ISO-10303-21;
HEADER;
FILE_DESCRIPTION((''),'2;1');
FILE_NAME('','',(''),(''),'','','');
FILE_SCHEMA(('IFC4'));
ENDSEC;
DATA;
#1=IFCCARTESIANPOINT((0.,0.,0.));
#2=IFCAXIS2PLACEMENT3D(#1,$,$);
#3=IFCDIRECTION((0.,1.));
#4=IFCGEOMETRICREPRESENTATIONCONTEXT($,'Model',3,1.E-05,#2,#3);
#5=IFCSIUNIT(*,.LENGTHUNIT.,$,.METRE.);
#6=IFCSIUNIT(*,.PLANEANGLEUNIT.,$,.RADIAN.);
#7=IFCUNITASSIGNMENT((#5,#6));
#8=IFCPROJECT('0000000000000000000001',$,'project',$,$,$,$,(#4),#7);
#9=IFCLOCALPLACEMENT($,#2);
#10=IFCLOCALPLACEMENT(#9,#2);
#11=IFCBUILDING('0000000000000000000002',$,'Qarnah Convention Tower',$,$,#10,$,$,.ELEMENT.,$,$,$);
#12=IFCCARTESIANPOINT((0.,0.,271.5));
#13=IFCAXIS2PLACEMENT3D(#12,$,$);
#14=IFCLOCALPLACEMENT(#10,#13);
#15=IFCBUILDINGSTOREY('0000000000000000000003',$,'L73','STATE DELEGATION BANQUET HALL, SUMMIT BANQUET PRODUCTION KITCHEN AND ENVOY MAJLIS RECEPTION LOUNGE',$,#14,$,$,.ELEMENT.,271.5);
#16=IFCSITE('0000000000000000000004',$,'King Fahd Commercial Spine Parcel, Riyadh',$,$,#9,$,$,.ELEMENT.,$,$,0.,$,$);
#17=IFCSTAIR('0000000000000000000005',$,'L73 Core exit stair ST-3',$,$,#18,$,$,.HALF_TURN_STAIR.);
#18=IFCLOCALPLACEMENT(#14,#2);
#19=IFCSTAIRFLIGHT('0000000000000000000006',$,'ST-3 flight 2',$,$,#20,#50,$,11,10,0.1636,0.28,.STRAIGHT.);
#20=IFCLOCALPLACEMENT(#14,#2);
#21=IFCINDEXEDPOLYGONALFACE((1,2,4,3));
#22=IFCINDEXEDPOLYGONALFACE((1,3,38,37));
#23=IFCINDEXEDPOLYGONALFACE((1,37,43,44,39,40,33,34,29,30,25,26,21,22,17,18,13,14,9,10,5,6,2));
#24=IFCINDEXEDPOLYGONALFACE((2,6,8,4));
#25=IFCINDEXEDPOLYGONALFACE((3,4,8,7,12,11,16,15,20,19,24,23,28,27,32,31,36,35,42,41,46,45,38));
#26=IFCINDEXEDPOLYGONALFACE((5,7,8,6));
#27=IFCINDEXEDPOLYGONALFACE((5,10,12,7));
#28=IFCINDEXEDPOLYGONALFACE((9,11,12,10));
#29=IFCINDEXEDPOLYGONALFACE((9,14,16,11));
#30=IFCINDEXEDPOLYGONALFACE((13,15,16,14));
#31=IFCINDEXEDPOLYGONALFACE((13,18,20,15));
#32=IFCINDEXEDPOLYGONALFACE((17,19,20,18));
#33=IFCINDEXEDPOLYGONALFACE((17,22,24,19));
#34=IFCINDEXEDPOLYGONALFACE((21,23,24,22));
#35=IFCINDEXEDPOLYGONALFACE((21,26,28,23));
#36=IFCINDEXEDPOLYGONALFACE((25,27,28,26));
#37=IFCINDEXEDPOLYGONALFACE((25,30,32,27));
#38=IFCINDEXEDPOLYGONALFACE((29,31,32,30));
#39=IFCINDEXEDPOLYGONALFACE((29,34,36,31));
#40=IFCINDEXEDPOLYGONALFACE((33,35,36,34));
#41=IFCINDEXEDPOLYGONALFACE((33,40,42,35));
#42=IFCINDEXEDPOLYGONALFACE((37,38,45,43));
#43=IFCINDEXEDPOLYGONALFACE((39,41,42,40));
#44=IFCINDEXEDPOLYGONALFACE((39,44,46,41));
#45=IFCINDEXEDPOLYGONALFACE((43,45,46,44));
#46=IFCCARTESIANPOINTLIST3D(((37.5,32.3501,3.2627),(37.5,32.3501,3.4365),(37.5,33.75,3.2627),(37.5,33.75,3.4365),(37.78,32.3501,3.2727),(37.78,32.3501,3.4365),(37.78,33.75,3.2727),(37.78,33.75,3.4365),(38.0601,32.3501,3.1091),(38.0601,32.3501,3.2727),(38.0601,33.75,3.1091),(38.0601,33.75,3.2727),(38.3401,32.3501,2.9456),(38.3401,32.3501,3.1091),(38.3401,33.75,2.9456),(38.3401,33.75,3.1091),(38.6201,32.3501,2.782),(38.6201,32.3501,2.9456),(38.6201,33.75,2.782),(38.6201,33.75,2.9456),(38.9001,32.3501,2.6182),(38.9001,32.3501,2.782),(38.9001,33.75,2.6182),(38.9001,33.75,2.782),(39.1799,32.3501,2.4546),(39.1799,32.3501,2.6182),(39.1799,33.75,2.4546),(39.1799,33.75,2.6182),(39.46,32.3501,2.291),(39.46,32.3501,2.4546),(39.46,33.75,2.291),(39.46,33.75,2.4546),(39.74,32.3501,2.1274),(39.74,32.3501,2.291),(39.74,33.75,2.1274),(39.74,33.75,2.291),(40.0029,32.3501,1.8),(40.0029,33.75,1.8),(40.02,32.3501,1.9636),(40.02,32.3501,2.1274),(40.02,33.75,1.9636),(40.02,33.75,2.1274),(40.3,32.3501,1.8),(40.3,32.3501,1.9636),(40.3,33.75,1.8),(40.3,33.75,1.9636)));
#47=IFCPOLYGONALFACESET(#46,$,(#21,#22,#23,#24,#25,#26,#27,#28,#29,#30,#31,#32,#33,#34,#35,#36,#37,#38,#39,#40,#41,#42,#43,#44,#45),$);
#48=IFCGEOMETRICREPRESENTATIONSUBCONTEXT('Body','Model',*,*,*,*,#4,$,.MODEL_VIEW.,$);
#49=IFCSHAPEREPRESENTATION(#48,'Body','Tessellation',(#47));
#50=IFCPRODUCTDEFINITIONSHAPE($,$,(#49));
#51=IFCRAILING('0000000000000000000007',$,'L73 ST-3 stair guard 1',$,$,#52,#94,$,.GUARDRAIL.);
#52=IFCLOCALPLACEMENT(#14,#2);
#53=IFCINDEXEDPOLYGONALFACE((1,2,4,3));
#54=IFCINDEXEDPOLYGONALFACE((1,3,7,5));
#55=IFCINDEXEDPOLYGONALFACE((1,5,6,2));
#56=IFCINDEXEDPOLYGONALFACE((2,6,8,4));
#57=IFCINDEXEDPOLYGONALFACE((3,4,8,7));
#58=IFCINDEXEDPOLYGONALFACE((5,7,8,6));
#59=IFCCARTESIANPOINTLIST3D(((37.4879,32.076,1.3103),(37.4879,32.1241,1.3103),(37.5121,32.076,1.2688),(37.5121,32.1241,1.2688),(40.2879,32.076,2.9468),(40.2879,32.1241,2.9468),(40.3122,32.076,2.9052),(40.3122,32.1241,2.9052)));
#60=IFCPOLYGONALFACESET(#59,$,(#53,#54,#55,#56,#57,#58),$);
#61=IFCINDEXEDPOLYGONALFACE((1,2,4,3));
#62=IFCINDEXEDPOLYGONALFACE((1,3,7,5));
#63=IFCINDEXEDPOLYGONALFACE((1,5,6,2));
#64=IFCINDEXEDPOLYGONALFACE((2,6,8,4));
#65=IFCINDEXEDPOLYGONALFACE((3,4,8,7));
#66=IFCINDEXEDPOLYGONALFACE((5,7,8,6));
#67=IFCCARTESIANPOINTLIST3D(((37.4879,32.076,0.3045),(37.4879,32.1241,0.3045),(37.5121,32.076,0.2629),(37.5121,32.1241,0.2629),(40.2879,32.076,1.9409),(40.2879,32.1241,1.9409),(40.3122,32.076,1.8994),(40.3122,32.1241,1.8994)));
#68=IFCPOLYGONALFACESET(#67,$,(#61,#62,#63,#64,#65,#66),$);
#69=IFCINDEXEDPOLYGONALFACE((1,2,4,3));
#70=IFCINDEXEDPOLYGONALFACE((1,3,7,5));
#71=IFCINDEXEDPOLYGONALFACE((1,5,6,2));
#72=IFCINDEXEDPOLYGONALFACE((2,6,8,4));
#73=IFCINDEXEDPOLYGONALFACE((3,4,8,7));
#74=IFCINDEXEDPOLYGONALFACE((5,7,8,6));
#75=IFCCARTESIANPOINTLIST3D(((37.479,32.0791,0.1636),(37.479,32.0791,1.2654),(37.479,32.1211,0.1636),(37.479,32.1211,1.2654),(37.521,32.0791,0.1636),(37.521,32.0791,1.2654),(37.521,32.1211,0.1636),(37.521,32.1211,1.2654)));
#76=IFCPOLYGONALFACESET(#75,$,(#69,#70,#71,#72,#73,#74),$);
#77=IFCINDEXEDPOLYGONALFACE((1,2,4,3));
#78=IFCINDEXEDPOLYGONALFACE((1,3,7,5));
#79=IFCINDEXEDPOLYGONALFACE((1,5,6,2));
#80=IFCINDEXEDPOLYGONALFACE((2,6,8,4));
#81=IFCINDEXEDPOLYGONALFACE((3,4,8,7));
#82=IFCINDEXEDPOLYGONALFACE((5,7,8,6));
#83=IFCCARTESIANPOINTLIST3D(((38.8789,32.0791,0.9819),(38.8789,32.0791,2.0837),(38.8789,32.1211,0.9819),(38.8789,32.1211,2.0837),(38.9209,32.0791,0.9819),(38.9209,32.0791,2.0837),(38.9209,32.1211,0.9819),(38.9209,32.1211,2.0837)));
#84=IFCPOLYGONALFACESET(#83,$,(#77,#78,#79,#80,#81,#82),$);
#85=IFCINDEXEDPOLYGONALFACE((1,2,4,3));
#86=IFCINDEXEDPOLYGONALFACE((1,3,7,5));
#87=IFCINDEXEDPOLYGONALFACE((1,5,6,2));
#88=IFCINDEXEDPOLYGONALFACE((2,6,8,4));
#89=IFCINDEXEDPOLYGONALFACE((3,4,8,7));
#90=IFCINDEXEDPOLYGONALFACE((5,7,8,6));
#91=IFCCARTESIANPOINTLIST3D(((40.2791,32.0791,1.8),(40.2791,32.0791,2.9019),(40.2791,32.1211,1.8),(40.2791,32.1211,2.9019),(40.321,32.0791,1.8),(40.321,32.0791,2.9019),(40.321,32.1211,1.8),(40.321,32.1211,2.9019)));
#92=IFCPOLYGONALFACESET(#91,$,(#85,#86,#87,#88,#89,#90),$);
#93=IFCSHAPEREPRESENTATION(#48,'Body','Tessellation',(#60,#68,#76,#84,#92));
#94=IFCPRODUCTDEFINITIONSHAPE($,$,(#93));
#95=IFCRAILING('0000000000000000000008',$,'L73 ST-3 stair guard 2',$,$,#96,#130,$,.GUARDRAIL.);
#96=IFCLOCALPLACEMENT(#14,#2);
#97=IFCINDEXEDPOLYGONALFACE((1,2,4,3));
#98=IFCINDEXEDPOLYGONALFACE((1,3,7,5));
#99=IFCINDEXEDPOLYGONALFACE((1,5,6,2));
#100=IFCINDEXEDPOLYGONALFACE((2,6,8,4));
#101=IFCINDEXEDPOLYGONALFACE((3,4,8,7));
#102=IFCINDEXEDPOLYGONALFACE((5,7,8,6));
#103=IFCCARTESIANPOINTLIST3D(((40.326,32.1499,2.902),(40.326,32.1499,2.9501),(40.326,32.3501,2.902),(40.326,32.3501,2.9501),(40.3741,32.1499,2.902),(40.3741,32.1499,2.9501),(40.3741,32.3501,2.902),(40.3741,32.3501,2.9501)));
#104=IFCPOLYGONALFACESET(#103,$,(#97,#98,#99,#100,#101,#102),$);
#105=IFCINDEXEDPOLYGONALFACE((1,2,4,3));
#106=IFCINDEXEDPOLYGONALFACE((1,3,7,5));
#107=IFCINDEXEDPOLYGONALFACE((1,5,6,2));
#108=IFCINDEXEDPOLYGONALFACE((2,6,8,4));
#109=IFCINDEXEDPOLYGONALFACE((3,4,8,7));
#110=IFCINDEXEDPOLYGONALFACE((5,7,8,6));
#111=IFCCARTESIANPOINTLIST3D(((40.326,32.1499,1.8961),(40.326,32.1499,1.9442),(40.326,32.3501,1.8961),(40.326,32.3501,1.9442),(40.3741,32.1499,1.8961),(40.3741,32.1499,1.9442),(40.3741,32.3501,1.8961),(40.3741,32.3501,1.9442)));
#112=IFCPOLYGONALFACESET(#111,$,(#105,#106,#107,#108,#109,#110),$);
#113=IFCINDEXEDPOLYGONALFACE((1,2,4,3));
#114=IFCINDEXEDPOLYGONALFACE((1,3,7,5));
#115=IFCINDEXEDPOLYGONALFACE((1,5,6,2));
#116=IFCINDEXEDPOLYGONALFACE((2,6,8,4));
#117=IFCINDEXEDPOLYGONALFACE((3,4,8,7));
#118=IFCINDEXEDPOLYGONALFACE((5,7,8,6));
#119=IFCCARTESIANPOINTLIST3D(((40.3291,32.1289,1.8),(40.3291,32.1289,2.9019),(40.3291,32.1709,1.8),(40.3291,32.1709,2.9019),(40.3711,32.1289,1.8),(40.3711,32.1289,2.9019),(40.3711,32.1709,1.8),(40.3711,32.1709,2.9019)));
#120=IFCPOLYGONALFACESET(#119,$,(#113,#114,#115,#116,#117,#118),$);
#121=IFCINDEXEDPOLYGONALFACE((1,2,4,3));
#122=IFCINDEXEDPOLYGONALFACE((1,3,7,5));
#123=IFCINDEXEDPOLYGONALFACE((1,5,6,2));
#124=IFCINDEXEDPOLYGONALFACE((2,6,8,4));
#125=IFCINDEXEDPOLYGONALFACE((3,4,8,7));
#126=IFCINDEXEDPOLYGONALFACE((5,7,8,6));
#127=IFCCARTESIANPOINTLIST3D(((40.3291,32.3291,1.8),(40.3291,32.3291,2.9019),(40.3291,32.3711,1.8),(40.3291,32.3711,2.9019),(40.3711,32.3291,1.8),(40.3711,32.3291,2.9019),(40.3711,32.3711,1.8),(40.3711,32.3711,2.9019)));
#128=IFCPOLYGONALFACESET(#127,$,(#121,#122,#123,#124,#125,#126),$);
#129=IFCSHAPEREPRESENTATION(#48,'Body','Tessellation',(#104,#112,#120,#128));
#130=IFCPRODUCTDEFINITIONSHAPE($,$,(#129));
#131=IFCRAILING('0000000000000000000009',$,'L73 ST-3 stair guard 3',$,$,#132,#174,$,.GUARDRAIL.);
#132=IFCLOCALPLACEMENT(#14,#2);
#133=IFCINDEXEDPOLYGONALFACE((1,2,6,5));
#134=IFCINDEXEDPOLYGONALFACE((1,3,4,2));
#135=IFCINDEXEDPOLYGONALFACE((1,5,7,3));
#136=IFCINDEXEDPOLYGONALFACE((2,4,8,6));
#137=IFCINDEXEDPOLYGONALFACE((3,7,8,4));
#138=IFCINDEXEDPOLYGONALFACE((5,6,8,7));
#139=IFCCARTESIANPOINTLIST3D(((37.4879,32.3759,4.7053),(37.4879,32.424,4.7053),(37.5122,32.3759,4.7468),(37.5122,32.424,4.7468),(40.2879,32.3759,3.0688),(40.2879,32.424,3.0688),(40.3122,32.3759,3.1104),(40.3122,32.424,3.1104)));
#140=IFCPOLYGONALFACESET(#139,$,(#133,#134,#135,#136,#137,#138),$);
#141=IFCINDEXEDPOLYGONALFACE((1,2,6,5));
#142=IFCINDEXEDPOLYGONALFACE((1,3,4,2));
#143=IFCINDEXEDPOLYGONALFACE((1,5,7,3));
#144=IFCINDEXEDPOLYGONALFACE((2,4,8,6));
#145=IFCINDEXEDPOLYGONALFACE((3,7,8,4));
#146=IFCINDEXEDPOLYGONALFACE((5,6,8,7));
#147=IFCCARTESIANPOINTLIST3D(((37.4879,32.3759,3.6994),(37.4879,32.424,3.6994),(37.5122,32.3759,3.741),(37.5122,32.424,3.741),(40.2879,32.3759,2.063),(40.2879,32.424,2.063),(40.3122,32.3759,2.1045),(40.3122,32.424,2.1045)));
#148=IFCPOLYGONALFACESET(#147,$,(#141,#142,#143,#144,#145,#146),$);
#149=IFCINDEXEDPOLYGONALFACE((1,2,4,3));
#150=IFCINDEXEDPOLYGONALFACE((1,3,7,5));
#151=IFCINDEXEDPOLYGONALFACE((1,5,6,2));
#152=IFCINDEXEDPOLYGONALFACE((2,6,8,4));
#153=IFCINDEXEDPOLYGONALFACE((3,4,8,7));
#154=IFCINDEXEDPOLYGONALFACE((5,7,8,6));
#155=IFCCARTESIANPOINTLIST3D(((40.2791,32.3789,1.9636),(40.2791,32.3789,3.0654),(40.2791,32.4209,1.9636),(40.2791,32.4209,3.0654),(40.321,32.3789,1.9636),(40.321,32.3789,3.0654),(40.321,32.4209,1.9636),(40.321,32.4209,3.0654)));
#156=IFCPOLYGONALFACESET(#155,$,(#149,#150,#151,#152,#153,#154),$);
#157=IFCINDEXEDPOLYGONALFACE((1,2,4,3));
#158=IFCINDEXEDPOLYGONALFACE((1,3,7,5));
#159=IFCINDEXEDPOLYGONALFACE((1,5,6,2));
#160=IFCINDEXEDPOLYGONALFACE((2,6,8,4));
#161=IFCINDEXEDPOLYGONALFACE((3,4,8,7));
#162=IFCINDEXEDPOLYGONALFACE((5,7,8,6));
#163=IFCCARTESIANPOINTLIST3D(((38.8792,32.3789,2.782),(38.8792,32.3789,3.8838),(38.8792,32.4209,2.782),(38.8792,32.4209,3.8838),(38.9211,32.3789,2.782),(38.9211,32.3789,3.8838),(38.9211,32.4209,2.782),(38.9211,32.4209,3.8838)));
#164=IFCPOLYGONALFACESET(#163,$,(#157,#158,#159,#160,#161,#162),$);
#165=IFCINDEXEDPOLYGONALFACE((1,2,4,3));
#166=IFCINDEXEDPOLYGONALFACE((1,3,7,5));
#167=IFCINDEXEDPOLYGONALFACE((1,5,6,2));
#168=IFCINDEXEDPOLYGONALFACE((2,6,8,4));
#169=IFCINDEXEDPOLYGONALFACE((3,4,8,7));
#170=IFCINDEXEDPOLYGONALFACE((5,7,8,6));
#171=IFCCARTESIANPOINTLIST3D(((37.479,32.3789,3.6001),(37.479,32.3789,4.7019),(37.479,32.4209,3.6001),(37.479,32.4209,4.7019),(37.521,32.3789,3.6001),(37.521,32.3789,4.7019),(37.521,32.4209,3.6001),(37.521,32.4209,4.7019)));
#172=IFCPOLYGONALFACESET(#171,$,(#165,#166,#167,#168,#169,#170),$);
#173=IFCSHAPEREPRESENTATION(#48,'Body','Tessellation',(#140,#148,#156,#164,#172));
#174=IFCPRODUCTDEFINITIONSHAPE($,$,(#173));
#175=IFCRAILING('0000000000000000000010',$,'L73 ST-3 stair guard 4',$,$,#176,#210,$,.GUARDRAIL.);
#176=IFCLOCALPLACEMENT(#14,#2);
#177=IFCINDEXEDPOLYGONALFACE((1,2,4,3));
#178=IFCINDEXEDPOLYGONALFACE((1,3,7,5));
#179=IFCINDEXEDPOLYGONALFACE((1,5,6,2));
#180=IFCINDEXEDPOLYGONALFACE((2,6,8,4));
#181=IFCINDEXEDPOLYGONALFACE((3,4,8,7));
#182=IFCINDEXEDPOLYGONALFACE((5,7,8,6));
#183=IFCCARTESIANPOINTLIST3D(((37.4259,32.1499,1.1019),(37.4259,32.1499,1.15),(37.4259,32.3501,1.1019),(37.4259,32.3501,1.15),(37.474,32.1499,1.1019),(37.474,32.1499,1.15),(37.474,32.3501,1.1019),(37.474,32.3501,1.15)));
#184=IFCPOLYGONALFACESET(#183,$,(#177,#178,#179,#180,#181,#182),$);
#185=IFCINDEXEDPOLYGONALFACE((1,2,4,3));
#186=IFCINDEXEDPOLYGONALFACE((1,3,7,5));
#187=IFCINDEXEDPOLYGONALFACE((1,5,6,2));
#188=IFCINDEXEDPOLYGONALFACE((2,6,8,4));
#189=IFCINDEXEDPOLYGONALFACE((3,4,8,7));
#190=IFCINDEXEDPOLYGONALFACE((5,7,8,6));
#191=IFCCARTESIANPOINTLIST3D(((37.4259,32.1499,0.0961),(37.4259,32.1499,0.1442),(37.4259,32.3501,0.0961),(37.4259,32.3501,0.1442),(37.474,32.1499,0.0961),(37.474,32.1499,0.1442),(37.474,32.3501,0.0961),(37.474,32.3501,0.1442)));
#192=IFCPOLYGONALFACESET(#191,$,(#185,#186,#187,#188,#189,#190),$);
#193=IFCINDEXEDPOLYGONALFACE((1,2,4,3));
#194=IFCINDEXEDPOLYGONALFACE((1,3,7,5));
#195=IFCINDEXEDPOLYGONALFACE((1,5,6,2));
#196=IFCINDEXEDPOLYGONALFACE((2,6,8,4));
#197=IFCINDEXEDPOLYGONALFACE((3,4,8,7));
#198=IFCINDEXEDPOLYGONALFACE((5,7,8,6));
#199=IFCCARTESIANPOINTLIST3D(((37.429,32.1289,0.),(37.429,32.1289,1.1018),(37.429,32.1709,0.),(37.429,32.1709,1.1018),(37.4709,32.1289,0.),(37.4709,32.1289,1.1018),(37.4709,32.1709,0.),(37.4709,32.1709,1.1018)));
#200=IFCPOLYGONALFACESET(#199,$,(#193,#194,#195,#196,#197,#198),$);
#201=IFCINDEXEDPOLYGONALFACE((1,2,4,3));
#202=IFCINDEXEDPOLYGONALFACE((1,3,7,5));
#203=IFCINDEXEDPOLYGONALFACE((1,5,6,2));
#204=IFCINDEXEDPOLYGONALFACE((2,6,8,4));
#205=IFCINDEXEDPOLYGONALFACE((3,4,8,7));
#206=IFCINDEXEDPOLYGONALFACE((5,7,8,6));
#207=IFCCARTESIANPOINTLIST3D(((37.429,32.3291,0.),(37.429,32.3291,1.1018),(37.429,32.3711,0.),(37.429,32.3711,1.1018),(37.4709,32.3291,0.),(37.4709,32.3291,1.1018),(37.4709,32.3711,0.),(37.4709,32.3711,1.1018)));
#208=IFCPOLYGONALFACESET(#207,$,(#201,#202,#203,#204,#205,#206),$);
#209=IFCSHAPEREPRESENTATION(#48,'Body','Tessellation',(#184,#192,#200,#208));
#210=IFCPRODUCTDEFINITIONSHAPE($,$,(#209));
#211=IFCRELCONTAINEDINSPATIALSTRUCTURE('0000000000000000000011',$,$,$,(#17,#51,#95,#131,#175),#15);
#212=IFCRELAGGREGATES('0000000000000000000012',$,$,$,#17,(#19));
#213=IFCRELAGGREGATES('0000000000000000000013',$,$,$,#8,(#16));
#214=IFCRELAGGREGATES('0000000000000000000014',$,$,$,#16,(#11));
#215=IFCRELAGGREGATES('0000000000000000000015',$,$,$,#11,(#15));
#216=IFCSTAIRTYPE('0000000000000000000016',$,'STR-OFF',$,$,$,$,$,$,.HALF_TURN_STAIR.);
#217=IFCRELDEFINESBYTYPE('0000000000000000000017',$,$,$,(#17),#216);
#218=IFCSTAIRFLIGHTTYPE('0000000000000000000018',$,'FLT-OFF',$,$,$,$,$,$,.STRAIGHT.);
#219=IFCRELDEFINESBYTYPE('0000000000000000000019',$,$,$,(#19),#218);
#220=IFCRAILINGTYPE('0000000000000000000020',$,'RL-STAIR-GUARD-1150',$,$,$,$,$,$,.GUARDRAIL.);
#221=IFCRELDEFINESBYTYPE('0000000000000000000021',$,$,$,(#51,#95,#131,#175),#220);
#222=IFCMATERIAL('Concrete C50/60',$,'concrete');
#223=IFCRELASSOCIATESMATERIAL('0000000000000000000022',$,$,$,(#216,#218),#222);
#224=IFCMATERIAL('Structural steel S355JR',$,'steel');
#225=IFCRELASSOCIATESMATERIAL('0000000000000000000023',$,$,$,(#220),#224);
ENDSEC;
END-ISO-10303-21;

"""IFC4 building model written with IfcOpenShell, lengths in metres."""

from ifc_helpers import new_model, si_unit, direction, frame, origin, origin_2d, place, context, subcontext, project, spatial, polyline, rectangle, outline, extrude, material, type_object, element, aggregate, save


model = new_model("IFC4")

# Units and contexts
model_context = context("Model", 3, precision=1e-05, world=origin(), true_north=direction((0.0, 1.0)))
body_context = subcontext(model_context, "Body", "Model", "MODEL_VIEW")
ifc_project = project(units=[si_unit("LENGTHUNIT", "METRE"), si_unit("PLANEANGLEUNIT", "RADIAN")], contexts=[model_context])

# Site, building, storey
site_placement = place(None, origin())
site = spatial("IfcSite", under=ifc_project, at=site_placement, Name="King Fahd Commercial Spine Parcel, Riyadh", CompositionType="ELEMENT", RefElevation=0.0)
building_placement = place(site_placement, origin())
building = spatial("IfcBuilding", under=site, at=building_placement, Name="Qarnah Convention Tower", CompositionType="ELEMENT")
storey_placement = place(building_placement, frame((0.0, 0.0, 271.5)))
storey = spatial("IfcBuildingStorey", under=building, at=storey_placement, Name="L73", Description="STATE DELEGATION BANQUET HALL, SUMMIT BANQUET PRODUCTION KITCHEN AND ENVOY MAJLIS RECEPTION LOUNGE", CompositionType="ELEMENT", Elevation=271.5)

# Shared definitions
ifc_material_1 = material(Name="Concrete C50/60", Category="concrete")

# Shared definitions
ifc_material_2 = material(Name="Structural steel S355JR", Category="steel")

# Stair, stair flight
stair_type = type_object("IfcStairType", Name="STR-OFF", PredefinedType="HALF_TURN_STAIR", material=ifc_material_1)
stair_placement = place(storey_placement, origin())
stair = element("IfcStair", 1, at=stair_placement, inside=storey, type_object=stair_type, Name="L73 Core exit stair ST-3", PredefinedType="HALF_TURN_STAIR")
stair_flight_type = type_object("IfcStairFlightType", Name="FLT-OFF", PredefinedType="STRAIGHT", material=ifc_material_1)
stair_flight_1_placement = place(storey_placement, frame((40.3, 33.05, 1.8), z_axis=(0.0, 0.0, 1.0), x_axis=(-1.0, 0.0, 0.0)))
stair_flight_1 = element("IfcStairFlight", 2, at=stair_flight_1_placement, type_object=stair_flight_type, Name="ST-3 flight 2", NumberOfRisers=11, NumberOfTreads=10, PredefinedType="STRAIGHT", RiserHeight=0.1636, TreadLength=0.28, context=body_context, shape_type="SweptSolid", body=[
    extrude(outline(polyline([(0.0, 0.0), (0.0, 0.1636), (0.28, 0.1636), (0.28, 0.3274), (0.5601, 0.3274), (0.5601, 0.491), (0.8401, 0.491), (0.8401, 0.6545), (1.1201, 0.6545), (1.1201, 0.8181), (1.3999, 0.8181), (1.3999, 0.9819), (1.6799, 0.9819), (1.6799, 1.1455), (1.96, 1.1455), (1.96, 1.3091), (2.24, 1.3091), (2.24, 1.4727), (2.52, 1.4727), (2.52, 1.6365), (2.8, 1.6365), (2.8, 1.8), (2.8, 1.4626), (0.2971, 0.0), (0.0, 0.0)])), frame((0.0, 0.7, 0.0), z_axis=(0.0, -1.0, 0.0), x_axis=(1.0, 0.0, 0.0)), (0.0, 0.0, 1.0), 1.3999),
])
aggregate(stair, [stair_flight_1])

# Railings
railing_type_1 = type_object("IfcRailingType", Name="RL-STAIR-GUARD-1150", PredefinedType="GUARDRAIL", material=ifc_material_2)
railing_1_placement = place(storey_placement, frame((37.5, 32.1001, 0.1636)))
element("IfcRailing", 3, at=railing_1_placement, inside=storey, type_object=railing_type_1, Name="L73 ST-3 stair guard 1", PredefinedType="GUARDRAIL", context=body_context, shape_type="SweptSolid", body=[
    extrude(rectangle(XDim=0.0481, YDim=0.0481, at=origin_2d()), frame((0.0, 0.0, 1.126), z_axis=(0.863361, 0.0, 0.504587), x_axis=(0.0, 1.0, 0.0)), (0.0, 0.0, 1.0), 3.2432),
    extrude(rectangle(XDim=0.0481, YDim=0.0481, at=origin_2d()), frame((0.0, 0.0, 0.1201), z_axis=(0.863361, 0.0, 0.504587), x_axis=(0.0, 1.0, 0.0)), (0.0, 0.0, 1.0), 3.2432),
    extrude(rectangle(XDim=0.042, YDim=0.042, at=origin_2d()), origin(), (0.0, 0.0, 1.0), 1.1018),
    extrude(rectangle(XDim=0.042, YDim=0.042, at=origin_2d()), frame((1.3999, 0.0, 0.8184)), (0.0, 0.0, 1.0), 1.1018),
    extrude(rectangle(XDim=0.042, YDim=0.042, at=origin_2d()), frame((2.8, 0.0, 1.6365)), (0.0, 0.0, 1.0), 1.1018),
])
railing_2_placement = place(storey_placement, frame((40.3501, 32.1499, 1.8)))
element("IfcRailing", 4, at=railing_2_placement, inside=storey, type_object=railing_type_1, Name="L73 ST-3 stair guard 2", PredefinedType="GUARDRAIL", context=body_context, shape_type="SweptSolid", body=[
    extrude(rectangle(XDim=0.0481, YDim=0.0481, at=origin_2d()), frame((0.0, 0.0, 1.126), z_axis=(0.0, 1.0, 0.0), x_axis=(-1.0, 0.0, 0.0)), (0.0, 0.0, 1.0), 0.2002),
    extrude(rectangle(XDim=0.0481, YDim=0.0481, at=origin_2d()), frame((0.0, 0.0, 0.1201), z_axis=(0.0, 1.0, 0.0), x_axis=(-1.0, 0.0, 0.0)), (0.0, 0.0, 1.0), 0.2002),
    extrude(rectangle(XDim=0.042, YDim=0.042, at=origin_2d()), origin(), (0.0, 0.0, 1.0), 1.1018),
    extrude(rectangle(XDim=0.042, YDim=0.042, at=origin_2d()), frame((0.0, 0.2002, 0.0)), (0.0, 0.0, 1.0), 1.1018),
])
railing_3_placement = place(storey_placement, frame((40.3, 32.3999, 1.9636)))
element("IfcRailing", 5, at=railing_3_placement, inside=storey, type_object=railing_type_1, Name="L73 ST-3 stair guard 3", PredefinedType="GUARDRAIL", context=body_context, shape_type="SweptSolid", body=[
    extrude(rectangle(XDim=0.0481, YDim=0.0481, at=origin_2d()), frame((0.0, 0.0, 1.126), z_axis=(-0.863361, 0.0, 0.504587), x_axis=(0.0, -1.0, 0.0)), (0.0, 0.0, 1.0), 3.2432),
    extrude(rectangle(XDim=0.0481, YDim=0.0481, at=origin_2d()), frame((0.0, 0.0, 0.1201), z_axis=(-0.863361, 0.0, 0.504587), x_axis=(0.0, -1.0, 0.0)), (0.0, 0.0, 1.0), 3.2432),
    extrude(rectangle(XDim=0.042, YDim=0.042, at=origin_2d()), origin(), (0.0, 0.0, 1.0), 1.1018),
    extrude(rectangle(XDim=0.042, YDim=0.042, at=origin_2d()), frame((-1.3999, 0.0, 0.8184)), (0.0, 0.0, 1.0), 1.1018),
    extrude(rectangle(XDim=0.042, YDim=0.042, at=origin_2d()), frame((-2.8, 0.0, 1.6365)), (0.0, 0.0, 1.0), 1.1018),
])
railing_4_placement = place(storey_placement, frame((37.45, 32.1499, 0.0)))
element("IfcRailing", 6, at=railing_4_placement, inside=storey, type_object=railing_type_1, Name="L73 ST-3 stair guard 4", PredefinedType="GUARDRAIL", context=body_context, shape_type="SweptSolid", body=[
    extrude(rectangle(XDim=0.0481, YDim=0.0481, at=origin_2d()), frame((0.0, 0.0, 1.126), z_axis=(0.0, 1.0, 0.0), x_axis=(-1.0, 0.0, 0.0)), (0.0, 0.0, 1.0), 0.2002),
    extrude(rectangle(XDim=0.0481, YDim=0.0481, at=origin_2d()), frame((0.0, 0.0, 0.1201), z_axis=(0.0, 1.0, 0.0), x_axis=(-1.0, 0.0, 0.0)), (0.0, 0.0, 1.0), 0.2002),
    extrude(rectangle(XDim=0.042, YDim=0.042, at=origin_2d()), origin(), (0.0, 0.0, 1.0), 1.1018),
    extrude(rectangle(XDim=0.042, YDim=0.042, at=origin_2d()), frame((0.0, 0.2002, 0.0)), (0.0, 0.0, 1.0), 1.1018),
])

save(model, "model.ifc")
